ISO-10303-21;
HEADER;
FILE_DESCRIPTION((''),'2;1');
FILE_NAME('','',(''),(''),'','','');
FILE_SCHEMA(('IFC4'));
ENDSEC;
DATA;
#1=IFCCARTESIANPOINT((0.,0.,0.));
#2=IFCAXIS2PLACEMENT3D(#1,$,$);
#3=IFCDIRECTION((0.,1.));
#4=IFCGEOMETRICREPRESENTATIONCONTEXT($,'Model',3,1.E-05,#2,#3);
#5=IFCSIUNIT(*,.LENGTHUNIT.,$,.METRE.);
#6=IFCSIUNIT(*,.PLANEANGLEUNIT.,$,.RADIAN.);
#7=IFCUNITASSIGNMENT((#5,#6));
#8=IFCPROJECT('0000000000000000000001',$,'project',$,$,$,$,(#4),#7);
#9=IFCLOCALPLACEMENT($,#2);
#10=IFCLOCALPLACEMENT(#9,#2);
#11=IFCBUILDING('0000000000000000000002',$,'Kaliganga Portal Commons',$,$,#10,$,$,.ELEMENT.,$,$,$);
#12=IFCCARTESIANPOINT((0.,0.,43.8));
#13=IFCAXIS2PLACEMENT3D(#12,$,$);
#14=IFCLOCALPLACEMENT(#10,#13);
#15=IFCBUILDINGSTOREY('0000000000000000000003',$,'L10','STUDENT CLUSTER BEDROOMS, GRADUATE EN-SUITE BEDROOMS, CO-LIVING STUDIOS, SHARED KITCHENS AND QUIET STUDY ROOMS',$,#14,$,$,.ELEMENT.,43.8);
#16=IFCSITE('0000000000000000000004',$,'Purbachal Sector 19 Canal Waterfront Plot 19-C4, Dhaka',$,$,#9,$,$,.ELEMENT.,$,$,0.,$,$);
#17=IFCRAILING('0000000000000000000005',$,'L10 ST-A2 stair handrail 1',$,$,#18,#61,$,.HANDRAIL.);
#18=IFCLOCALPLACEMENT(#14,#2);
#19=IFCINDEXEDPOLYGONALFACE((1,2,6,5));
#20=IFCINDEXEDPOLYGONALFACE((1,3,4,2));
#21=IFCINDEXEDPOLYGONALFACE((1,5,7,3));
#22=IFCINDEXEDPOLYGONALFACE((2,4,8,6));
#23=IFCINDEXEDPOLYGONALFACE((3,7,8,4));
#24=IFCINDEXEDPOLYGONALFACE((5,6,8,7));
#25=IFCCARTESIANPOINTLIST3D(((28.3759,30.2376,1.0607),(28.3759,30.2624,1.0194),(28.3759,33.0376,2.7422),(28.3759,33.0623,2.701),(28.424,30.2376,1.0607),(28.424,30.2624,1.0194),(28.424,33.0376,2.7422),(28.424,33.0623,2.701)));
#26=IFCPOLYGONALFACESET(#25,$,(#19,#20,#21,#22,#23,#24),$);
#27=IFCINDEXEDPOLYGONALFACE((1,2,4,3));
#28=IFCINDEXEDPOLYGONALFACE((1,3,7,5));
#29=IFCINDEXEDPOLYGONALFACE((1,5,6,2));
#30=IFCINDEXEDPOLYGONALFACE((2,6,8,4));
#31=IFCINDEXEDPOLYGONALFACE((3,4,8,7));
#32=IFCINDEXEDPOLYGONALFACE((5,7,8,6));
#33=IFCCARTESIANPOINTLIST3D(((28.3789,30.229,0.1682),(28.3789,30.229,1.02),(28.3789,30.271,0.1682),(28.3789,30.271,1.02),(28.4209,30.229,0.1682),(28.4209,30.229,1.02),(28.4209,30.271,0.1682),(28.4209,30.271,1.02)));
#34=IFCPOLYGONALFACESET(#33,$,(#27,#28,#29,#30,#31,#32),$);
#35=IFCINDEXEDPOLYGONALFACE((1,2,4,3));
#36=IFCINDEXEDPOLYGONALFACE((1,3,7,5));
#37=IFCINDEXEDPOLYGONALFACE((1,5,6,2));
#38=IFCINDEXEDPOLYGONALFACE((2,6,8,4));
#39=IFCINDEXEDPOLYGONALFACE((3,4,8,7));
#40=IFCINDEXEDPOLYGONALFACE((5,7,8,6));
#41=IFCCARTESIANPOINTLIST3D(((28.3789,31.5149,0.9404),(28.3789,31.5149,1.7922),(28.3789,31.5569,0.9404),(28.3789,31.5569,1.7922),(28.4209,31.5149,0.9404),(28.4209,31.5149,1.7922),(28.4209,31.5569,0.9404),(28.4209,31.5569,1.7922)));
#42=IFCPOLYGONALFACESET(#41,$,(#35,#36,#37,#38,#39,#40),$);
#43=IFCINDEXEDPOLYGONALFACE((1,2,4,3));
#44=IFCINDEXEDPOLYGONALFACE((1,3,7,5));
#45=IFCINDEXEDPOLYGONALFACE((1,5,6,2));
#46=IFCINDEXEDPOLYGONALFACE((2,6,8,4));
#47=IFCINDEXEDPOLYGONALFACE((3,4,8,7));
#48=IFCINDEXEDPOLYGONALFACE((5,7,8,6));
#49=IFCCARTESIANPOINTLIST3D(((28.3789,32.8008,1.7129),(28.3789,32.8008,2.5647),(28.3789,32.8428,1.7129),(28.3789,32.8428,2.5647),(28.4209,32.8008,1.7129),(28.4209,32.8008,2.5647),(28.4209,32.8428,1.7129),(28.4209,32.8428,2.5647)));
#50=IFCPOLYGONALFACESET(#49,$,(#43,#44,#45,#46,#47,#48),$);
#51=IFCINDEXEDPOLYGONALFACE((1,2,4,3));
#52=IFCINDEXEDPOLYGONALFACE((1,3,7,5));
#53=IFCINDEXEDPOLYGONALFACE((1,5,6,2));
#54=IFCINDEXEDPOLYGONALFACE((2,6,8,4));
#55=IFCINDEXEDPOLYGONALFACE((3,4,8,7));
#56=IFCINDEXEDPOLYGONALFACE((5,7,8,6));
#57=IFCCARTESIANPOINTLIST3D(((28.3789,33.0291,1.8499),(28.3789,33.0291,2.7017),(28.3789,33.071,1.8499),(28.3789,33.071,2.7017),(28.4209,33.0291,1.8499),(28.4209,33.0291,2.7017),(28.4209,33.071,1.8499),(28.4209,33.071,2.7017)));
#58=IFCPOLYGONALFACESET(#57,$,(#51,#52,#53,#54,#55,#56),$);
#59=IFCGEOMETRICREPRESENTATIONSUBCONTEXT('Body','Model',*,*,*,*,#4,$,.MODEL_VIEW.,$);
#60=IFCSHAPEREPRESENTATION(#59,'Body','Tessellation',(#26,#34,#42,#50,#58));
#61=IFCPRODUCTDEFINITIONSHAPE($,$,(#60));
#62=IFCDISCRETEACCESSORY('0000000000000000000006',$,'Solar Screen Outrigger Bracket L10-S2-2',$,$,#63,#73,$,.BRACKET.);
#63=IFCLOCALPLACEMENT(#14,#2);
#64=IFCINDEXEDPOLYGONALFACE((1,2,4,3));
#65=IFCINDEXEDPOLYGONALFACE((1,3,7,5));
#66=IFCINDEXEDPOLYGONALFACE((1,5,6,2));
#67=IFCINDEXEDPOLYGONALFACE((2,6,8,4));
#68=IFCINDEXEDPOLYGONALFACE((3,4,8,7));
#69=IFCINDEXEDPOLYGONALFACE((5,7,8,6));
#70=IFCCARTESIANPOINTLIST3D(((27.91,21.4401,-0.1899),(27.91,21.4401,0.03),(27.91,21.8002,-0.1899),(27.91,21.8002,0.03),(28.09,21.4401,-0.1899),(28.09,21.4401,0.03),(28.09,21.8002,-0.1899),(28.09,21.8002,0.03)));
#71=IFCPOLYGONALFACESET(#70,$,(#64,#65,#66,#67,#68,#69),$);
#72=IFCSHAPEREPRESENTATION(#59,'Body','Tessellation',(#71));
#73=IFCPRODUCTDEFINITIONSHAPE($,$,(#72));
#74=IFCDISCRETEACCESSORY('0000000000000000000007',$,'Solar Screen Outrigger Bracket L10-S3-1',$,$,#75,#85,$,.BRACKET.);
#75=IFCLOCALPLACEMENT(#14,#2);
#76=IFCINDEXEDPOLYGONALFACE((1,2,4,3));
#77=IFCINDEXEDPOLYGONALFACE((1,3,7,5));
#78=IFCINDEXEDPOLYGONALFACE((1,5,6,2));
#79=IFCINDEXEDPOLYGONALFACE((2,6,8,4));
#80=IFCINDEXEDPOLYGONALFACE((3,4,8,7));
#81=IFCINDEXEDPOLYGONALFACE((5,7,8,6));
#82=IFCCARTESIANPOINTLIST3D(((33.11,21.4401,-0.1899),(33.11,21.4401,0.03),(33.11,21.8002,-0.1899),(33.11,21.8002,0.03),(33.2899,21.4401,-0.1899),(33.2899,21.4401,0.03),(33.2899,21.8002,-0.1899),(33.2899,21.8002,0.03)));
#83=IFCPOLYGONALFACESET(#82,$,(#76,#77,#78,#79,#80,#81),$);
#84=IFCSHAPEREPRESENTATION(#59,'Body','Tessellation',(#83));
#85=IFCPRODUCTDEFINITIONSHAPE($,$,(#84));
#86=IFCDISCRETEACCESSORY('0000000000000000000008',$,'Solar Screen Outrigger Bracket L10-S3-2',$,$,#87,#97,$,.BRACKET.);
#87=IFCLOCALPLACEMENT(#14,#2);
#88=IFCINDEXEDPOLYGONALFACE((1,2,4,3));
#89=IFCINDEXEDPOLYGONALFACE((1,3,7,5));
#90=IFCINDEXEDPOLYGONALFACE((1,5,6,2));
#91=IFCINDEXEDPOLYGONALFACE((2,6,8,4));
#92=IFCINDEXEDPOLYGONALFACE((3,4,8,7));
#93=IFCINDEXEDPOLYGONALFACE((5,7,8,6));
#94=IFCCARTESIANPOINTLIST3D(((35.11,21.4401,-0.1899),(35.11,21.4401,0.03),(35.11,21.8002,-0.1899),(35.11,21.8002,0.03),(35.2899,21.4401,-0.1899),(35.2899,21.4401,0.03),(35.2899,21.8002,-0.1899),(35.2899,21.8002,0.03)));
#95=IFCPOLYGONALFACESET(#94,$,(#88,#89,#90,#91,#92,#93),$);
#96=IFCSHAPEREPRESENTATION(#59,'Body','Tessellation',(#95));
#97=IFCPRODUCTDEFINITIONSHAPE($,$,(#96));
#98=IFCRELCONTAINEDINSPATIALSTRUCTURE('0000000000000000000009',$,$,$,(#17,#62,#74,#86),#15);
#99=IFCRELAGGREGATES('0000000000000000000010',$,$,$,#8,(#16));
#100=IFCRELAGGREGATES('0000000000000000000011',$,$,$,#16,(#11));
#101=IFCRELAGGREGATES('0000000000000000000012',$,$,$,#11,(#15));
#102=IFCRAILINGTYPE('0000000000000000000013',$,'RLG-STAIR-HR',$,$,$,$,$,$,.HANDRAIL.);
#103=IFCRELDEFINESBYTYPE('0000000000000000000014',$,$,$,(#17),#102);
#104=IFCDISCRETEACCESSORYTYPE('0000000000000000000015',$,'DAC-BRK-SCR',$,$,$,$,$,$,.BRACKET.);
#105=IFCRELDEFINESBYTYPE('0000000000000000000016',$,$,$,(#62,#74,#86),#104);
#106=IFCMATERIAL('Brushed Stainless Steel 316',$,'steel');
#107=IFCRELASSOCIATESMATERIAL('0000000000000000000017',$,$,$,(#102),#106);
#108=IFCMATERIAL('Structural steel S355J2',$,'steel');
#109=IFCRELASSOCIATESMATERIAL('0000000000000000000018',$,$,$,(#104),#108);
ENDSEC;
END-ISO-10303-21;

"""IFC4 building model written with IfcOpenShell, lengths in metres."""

from ifc_helpers import new_model, si_unit, direction, frame, origin, origin_2d, place, context, subcontext, project, spatial, rectangle, extrude, source, transform, mapped, material, type_object, element, save


model = new_model("IFC4")

# Units and contexts
model_context = context("Model", 3, precision=1e-05, world=origin(), true_north=direction((0.0, 1.0)))
body_context = subcontext(model_context, "Body", "Model", "MODEL_VIEW")
ifc_project = project(units=[si_unit("LENGTHUNIT", "METRE"), si_unit("PLANEANGLEUNIT", "RADIAN")], contexts=[model_context])

# Site, building, storey
site_placement = place(None, origin())
site = spatial("IfcSite", under=ifc_project, at=site_placement, Name="Purbachal Sector 19 Canal Waterfront Plot 19-C4, Dhaka", CompositionType="ELEMENT", RefElevation=0.0)
building_placement = place(site_placement, origin())
building = spatial("IfcBuilding", under=site, at=building_placement, Name="Kaliganga Portal Commons", CompositionType="ELEMENT")
storey_placement = place(building_placement, frame((0.0, 0.0, 43.8)))
storey = spatial("IfcBuildingStorey", under=building, at=storey_placement, Name="L10", Description="STUDENT CLUSTER BEDROOMS, GRADUATE EN-SUITE BEDROOMS, CO-LIVING STUDIOS, SHARED KITCHENS AND QUIET STUDY ROOMS", CompositionType="ELEMENT", Elevation=43.8)

# Shared definitions
ifc_material_1 = material(Name="Structural steel S355J2", Category="steel")

# Railing
ifc_material_2 = material(Name="Brushed Stainless Steel 316", Category="steel")
railing_type = type_object("IfcRailingType", Name="RLG-STAIR-HR", PredefinedType="HANDRAIL", material=ifc_material_2)
railing_placement = place(storey_placement, frame((28.3999, 30.25, 0.1682)))
element("IfcRailing", 1, at=railing_placement, inside=storey, type_object=railing_type, Name="L10 ST-A2 stair handrail 1", PredefinedType="HANDRAIL", context=body_context, shape_type="SweptSolid", body=[
    extrude(rectangle(XDim=0.0481, YDim=0.0481, at=origin_2d()), frame((0.0, 0.0, 0.8718), z_axis=(0.0, 0.857275, 0.514858), x_axis=(-1.0, 0.0, 0.0)), (0.0, 0.0, 1.0), 3.2661),
    extrude(rectangle(XDim=0.042, YDim=0.042, at=origin_2d()), origin(), (0.0, 0.0, 1.0), 0.8518),
    extrude(rectangle(XDim=0.042, YDim=0.042, at=origin_2d()), frame((0.0, 1.2859, 0.7722)), (0.0, 0.0, 1.0), 0.8518),
    extrude(rectangle(XDim=0.042, YDim=0.042, at=origin_2d()), frame((0.0, 2.5718, 1.5447)), (0.0, 0.0, 1.0), 0.8518),
    extrude(rectangle(XDim=0.042, YDim=0.042, at=origin_2d()), frame((0.0, 2.8, 1.6816)), (0.0, 0.0, 1.0), 0.8518),
])

# Discrete accessories
discrete_accessory_type = type_object("IfcDiscreteAccessoryType", Name="DAC-BRK-SCR", PredefinedType="BRACKET", material=ifc_material_1)
shared_shape_1 = source(origin(), body_context, "Body", "SweptSolid", [
    extrude(rectangle(XDim=0.1799, YDim=0.3601, at=origin_2d()), origin(), (0.0, 0.0, 1.0), 0.22),
])
for number, where, z_axis, x_axis, name in (
    (2, (28.0, 21.6201, -0.1899), (0.0, 0.0, 1.0), (1.0, 0.0, 0.0), "Solar Screen Outrigger Bracket L10-S2-2"),
    (3, (33.2, 21.6201, -0.1899), (0.0, 0.0, 1.0), (1.0, 0.0, 0.0), "Solar Screen Outrigger Bracket L10-S3-1"),
    (4, (35.2, 21.6201, -0.1899), (0.0, 0.0, 1.0), (1.0, 0.0, 0.0), "Solar Screen Outrigger Bracket L10-S3-2"),
):
    element("IfcDiscreteAccessory", number, at=place(storey_placement, frame(where, z_axis=z_axis, x_axis=x_axis)), inside=storey, type_object=discrete_accessory_type, Name=name, PredefinedType="BRACKET", context=body_context, shape_type="MappedRepresentation", body=[
        mapped(shared_shape_1, transform((0.0, 0.0, 0.0), x_axis=(1.0, 0.0, 0.0), y_axis=(0.0, 1.0, 0.0), z_axis=(0.0, 0.0, 1.0), scale=1.0)),
    ])

save(model, "model.ifc")
